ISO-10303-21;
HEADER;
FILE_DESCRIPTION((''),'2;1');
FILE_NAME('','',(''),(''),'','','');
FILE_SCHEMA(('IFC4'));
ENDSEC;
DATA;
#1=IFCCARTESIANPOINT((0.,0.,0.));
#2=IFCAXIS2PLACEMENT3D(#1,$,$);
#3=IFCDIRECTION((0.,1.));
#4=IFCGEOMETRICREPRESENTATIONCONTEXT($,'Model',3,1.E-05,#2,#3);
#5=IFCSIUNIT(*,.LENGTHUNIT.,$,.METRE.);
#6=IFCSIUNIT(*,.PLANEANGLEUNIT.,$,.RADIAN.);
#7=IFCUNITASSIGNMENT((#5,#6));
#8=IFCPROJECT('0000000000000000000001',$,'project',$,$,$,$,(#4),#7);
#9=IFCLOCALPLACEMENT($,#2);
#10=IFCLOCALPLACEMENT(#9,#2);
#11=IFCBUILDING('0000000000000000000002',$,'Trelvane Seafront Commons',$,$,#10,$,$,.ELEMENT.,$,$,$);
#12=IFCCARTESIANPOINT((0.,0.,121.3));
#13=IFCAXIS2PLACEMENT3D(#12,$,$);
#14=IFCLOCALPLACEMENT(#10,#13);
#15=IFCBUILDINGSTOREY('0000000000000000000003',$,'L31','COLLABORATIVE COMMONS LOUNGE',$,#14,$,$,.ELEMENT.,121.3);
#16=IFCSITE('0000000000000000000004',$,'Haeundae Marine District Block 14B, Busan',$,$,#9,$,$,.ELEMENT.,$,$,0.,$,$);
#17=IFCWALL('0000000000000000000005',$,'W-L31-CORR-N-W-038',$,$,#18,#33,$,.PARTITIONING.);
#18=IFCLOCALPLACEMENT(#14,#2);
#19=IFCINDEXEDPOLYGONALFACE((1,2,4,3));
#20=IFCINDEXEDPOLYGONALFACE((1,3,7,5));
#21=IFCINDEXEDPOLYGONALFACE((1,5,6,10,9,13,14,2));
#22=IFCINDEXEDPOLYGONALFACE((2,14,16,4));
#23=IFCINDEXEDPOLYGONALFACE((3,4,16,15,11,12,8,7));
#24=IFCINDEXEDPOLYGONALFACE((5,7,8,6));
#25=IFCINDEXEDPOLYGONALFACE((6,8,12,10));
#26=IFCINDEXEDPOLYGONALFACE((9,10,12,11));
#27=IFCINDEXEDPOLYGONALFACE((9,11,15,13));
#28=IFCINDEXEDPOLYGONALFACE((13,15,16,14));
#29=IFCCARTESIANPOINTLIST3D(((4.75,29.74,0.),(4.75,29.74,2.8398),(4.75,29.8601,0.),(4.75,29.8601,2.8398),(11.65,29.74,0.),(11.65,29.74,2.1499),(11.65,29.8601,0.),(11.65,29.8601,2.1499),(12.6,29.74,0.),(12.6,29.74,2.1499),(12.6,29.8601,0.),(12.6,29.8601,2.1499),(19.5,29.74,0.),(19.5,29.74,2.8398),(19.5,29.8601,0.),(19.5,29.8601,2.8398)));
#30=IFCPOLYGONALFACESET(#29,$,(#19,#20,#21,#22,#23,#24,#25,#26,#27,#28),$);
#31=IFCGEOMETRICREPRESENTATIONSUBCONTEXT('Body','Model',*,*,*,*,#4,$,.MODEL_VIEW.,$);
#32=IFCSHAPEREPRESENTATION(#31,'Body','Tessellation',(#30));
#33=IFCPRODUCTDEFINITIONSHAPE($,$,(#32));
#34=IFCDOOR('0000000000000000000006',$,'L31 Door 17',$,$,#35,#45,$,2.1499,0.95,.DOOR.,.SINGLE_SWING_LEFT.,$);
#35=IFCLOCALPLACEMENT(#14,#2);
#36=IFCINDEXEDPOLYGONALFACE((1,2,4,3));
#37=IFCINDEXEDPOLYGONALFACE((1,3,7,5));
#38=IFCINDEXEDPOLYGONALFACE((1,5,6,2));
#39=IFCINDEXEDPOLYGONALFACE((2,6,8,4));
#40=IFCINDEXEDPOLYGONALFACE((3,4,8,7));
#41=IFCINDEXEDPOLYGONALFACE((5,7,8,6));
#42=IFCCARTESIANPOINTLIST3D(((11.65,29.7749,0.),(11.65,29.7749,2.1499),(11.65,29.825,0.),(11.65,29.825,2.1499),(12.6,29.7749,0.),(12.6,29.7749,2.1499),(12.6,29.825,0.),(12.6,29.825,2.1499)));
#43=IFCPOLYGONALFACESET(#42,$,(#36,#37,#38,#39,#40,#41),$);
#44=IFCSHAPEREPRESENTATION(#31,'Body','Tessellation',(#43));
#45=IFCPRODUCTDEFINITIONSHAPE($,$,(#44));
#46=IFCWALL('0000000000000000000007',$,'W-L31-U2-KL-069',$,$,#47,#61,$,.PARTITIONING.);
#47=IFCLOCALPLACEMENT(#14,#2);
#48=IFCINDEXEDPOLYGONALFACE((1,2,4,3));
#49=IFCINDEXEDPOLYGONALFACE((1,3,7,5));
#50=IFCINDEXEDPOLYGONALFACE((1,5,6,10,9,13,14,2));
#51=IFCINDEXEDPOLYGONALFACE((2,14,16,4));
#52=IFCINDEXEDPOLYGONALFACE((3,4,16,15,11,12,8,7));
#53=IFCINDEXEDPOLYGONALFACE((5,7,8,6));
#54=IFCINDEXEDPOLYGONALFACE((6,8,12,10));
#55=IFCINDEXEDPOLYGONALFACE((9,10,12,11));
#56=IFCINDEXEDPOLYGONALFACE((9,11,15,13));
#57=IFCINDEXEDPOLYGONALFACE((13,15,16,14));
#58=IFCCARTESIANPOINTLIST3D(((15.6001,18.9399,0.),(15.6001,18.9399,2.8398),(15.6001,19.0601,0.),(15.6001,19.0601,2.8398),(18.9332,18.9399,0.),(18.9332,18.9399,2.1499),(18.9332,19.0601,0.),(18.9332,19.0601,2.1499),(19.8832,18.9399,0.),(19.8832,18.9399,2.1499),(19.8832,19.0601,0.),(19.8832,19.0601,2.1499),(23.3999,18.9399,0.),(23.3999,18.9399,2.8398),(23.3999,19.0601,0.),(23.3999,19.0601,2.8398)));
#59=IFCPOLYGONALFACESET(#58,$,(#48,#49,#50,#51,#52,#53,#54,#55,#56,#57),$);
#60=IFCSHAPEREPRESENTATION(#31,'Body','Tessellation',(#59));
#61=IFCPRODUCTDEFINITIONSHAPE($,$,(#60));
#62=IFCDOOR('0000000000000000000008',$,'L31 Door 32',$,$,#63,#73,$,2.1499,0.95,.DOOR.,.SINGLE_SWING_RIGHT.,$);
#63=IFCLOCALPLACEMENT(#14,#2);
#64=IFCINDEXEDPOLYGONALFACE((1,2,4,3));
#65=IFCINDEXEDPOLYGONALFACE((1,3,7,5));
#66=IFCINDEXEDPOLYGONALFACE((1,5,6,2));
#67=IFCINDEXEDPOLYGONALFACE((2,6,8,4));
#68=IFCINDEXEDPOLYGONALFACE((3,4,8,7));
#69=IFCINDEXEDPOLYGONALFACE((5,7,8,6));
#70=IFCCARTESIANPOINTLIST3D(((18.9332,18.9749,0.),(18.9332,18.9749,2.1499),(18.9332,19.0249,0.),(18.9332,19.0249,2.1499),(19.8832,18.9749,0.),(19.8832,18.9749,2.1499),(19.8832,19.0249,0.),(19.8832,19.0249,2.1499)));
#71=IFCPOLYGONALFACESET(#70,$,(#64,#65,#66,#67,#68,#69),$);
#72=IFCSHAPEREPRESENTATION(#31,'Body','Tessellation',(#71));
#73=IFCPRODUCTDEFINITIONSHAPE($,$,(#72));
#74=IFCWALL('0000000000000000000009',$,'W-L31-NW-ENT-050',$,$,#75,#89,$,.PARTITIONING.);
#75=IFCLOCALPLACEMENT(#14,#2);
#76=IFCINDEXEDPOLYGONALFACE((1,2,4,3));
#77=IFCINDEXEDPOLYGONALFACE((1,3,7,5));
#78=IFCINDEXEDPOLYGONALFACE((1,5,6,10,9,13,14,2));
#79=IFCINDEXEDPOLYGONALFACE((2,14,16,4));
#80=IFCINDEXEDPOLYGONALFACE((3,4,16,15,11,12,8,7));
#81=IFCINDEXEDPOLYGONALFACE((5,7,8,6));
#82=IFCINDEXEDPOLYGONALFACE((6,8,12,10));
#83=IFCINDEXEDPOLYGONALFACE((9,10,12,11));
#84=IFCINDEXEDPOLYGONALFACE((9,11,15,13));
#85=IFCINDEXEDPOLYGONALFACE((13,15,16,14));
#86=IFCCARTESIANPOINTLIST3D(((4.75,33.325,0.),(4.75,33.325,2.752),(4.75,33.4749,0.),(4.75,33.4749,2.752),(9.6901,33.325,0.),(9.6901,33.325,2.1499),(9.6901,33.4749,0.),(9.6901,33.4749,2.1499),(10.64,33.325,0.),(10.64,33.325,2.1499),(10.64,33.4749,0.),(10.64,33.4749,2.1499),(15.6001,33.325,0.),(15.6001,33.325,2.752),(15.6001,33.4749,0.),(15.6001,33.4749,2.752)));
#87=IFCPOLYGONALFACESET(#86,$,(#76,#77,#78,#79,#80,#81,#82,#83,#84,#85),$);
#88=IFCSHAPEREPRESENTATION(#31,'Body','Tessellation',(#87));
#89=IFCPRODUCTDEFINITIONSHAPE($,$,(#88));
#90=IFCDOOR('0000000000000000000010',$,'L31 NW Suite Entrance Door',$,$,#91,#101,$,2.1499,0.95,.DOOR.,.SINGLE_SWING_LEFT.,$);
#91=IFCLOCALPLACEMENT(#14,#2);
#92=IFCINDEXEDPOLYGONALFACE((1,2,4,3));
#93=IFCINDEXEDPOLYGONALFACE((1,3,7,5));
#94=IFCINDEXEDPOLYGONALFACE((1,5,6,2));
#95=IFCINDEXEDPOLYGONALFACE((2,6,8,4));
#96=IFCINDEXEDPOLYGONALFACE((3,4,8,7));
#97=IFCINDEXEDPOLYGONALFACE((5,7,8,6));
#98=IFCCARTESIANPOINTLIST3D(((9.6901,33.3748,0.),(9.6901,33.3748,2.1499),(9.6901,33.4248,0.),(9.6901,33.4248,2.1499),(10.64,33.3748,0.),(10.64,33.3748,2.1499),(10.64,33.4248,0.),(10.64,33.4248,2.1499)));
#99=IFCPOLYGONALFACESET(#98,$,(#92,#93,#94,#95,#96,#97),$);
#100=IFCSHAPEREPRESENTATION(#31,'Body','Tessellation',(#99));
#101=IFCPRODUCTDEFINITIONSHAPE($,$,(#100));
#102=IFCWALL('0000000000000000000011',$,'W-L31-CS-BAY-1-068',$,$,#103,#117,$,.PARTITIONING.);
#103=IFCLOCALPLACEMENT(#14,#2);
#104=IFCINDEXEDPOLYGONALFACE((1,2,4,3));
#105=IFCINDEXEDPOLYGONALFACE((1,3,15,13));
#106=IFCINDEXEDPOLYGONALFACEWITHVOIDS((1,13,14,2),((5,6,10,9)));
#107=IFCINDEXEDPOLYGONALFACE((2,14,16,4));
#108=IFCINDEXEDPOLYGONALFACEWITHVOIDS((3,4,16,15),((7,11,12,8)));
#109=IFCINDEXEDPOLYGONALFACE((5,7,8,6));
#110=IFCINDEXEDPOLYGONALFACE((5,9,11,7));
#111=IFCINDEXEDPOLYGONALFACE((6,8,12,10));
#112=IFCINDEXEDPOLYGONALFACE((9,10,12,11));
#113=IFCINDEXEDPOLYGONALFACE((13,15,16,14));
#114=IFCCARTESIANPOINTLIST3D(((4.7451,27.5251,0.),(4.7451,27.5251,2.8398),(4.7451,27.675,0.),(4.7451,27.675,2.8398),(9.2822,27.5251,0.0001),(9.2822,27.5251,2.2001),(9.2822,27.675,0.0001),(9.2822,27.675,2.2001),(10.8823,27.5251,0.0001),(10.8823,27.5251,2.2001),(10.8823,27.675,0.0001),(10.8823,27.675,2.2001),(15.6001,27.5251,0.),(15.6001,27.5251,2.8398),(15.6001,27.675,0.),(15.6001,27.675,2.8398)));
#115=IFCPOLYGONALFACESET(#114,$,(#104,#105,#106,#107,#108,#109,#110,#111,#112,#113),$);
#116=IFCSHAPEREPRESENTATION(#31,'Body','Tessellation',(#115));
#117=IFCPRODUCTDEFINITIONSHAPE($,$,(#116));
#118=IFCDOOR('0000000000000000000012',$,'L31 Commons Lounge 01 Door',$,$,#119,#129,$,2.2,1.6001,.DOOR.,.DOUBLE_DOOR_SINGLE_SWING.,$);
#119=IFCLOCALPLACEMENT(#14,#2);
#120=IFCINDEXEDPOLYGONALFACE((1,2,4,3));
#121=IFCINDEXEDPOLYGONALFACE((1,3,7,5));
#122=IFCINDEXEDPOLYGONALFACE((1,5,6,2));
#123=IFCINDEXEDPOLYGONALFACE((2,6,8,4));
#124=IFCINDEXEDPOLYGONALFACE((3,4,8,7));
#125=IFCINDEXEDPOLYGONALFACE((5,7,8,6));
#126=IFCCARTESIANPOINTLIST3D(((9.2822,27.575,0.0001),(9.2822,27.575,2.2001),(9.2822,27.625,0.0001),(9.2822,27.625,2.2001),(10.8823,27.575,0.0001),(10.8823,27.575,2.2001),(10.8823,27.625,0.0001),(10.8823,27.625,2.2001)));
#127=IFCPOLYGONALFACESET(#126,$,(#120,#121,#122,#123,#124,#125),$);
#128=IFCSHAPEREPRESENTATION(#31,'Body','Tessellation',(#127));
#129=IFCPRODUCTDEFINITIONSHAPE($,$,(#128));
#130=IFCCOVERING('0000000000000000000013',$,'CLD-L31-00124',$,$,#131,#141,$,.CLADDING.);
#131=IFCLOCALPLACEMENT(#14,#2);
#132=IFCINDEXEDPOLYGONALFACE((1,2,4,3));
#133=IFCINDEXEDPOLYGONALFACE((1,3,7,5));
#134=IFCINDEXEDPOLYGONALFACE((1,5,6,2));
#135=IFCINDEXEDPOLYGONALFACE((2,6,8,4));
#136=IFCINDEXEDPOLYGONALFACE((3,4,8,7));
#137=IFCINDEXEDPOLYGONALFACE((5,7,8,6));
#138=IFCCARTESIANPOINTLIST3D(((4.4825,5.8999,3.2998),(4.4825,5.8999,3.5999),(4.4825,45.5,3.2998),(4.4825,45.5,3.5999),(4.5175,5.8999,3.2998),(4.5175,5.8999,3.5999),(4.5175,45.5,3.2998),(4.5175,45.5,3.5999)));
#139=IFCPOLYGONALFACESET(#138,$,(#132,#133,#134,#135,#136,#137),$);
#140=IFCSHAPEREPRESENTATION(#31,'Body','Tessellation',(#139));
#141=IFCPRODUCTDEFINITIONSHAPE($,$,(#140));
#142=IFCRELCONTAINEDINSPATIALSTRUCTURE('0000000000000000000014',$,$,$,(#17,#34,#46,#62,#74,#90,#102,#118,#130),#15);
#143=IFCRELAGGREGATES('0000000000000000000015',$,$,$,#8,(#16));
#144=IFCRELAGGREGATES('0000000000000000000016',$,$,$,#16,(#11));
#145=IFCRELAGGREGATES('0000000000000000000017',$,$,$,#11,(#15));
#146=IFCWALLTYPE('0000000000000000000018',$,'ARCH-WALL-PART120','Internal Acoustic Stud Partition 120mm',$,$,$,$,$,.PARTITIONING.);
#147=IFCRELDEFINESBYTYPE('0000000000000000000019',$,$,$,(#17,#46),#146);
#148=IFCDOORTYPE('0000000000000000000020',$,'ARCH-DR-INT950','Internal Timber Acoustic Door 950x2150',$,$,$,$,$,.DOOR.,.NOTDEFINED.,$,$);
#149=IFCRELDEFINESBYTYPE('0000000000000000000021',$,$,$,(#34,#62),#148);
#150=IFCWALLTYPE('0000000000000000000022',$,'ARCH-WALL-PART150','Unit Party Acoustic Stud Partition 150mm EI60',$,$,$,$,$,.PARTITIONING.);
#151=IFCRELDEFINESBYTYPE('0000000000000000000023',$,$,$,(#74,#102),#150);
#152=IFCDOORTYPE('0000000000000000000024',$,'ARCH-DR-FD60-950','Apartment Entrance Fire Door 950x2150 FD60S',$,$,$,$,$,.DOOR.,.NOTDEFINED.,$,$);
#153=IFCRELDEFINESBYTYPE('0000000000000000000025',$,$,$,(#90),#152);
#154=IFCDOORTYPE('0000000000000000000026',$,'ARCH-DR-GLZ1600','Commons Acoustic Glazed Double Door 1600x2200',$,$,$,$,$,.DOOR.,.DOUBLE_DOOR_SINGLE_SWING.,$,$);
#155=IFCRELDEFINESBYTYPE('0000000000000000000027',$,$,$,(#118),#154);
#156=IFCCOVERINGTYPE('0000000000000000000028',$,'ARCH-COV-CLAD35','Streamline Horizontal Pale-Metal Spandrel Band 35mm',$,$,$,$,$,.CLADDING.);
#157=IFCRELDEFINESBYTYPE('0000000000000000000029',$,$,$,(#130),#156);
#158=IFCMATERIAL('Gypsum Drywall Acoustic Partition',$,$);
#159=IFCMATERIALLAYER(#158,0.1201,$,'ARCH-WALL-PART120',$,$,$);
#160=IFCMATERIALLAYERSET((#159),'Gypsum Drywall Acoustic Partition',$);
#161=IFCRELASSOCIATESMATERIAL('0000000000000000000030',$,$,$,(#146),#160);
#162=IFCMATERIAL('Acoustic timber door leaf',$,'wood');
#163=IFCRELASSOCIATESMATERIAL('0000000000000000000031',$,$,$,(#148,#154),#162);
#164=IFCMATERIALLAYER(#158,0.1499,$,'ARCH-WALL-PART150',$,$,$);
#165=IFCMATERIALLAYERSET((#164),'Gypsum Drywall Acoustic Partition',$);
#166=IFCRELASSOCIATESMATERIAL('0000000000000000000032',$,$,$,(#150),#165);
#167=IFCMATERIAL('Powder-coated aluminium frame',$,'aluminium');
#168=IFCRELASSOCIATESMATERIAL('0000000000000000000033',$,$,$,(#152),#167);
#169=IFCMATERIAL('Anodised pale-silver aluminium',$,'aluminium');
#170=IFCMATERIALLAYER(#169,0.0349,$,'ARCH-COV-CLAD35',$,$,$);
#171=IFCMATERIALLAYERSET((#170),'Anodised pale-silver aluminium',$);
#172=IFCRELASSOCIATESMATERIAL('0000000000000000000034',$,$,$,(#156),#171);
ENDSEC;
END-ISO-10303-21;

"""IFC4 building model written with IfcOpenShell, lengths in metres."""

from ifc_helpers import new_model, si_unit, direction, frame, frame_2d, origin, origin_2d, place, context, subcontext, project, spatial, rectangle, extrude, source, transform, mapped, material, layer, layer_set, type_object, element, fill, save


model = new_model("IFC4")

# Units and contexts
model_context = context("Model", 3, precision=1e-05, world=origin(), true_north=direction((0.0, 1.0)))
body_context = subcontext(model_context, "Body", "Model", "MODEL_VIEW")
ifc_project = project(units=[si_unit("LENGTHUNIT", "METRE"), si_unit("PLANEANGLEUNIT", "RADIAN")], contexts=[model_context])

# Site, building, storey
site_placement = place(None, origin())
site = spatial("IfcSite", under=ifc_project, at=site_placement, Name="Haeundae Marine District Block 14B, Busan", CompositionType="ELEMENT", RefElevation=0.0)
building_placement = place(site_placement, origin())
building = spatial("IfcBuilding", under=site, at=building_placement, Name="Trelvane Seafront Commons", CompositionType="ELEMENT")
storey_placement = place(building_placement, frame((0.0, 0.0, 121.3)))
storey = spatial("IfcBuildingStorey", under=building, at=storey_placement, Name="L31", Description="COLLABORATIVE COMMONS LOUNGE", CompositionType="ELEMENT", Elevation=121.3)

# Walls, openings, doors
ifc_material_1 = material(Name="Gypsum Drywall Acoustic Partition")
ifc_layer_1 = layer(ifc_material_1, 0.1201, Name="ARCH-WALL-PART120")
ifc_layer_set_1 = layer_set([ifc_layer_1], Name="Gypsum Drywall Acoustic Partition")
wall_type_1 = type_object("IfcWallType", Name="ARCH-WALL-PART120", Description="Internal Acoustic Stud Partition 120mm", PredefinedType="PARTITIONING", material=ifc_layer_set_1)
wall_1_placement = place(storey_placement, frame((4.75, 29.8, 0.0), z_axis=(0.0, 0.0, 1.0), x_axis=(1.0, 0.0, 0.0)))
wall_1 = element("IfcWall", 1, at=wall_1_placement, inside=storey, type_object=wall_type_1, Name="W-L31-CORR-N-W-038", PredefinedType="PARTITIONING", context=body_context, shape_type="SweptSolid", body=[
    extrude(rectangle(XDim=14.75, YDim=0.1201, at=frame_2d((7.375, 0.0))), origin(), (0.0, 0.0, 1.0), 2.8398),
])
opening_1_placement = place(wall_1_placement, frame((6.8999, 0.0, 0.0)))
opening_1 = element("IfcOpeningElement", 2, at=opening_1_placement, cuts=wall_1, PredefinedType="OPENING", context=body_context, shape_type="SweptSolid", body=[
    extrude(rectangle(XDim=0.95, YDim=2.1499, at=frame_2d((0.4751, 1.075))), frame((0.0, 0.0701, 0.0), z_axis=(0.0, -1.0, 0.0), x_axis=(1.0, 0.0, 0.0)), (0.0, 0.0, 1.0), 0.1401),
])
ifc_material_2 = material(Name="Acoustic timber door leaf", Category="wood")
door_type_1 = type_object("IfcDoorType", Name="ARCH-DR-INT950", Description="Internal Timber Acoustic Door 950x2150", OperationType="NOTDEFINED", PredefinedType="DOOR", material=ifc_material_2)
shared_shape_1 = source(origin(), body_context, "Body", "SweptSolid", [
    extrude(rectangle(XDim=0.95, YDim=2.1499, at=frame_2d((0.4751, 1.075))), frame((0.0, 0.0249, 0.0), z_axis=(0.0, -1.0, 0.0), x_axis=(1.0, 0.0, 0.0)), (0.0, 0.0, 1.0), 0.05),
])
door_1_placement = place(opening_1_placement, origin())
door_1 = element("IfcDoor", 3, at=door_1_placement, inside=storey, type_object=door_type_1, Name="L31 Door 17", OperationType="SINGLE_SWING_LEFT", OverallHeight=2.1499, OverallWidth=0.95, PredefinedType="DOOR", context=body_context, shape_type="MappedRepresentation", body=[
    mapped(shared_shape_1, transform((0.0, 0.0, 0.0), x_axis=(1.0, 0.0, 0.0), y_axis=(0.0, 1.0, 0.0), z_axis=(0.0, 0.0, 1.0), scale=1.0)),
])
fill(opening_1, door_1)
wall_2_placement = place(storey_placement, frame((15.6001, 19.0, 0.0), z_axis=(0.0, 0.0, 1.0), x_axis=(1.0, 0.0, 0.0)))
wall_2 = element("IfcWall", 4, at=wall_2_placement, inside=storey, type_object=wall_type_1, Name="W-L31-U2-KL-069", PredefinedType="PARTITIONING", context=body_context, shape_type="SweptSolid", body=[
    extrude(rectangle(XDim=7.7998, YDim=0.1201, at=frame_2d((3.8999, 0.0))), origin(), (0.0, 0.0, 1.0), 2.8398),
])
opening_2_placement = place(wall_2_placement, frame((3.333, 0.0, 0.0)))
opening_2 = element("IfcOpeningElement", 5, at=opening_2_placement, cuts=wall_2, PredefinedType="OPENING", context=body_context, shape_type="SweptSolid", body=[
    extrude(rectangle(XDim=0.95, YDim=2.1499, at=frame_2d((0.4751, 1.075))), frame((0.0, 0.0701, 0.0), z_axis=(0.0, -1.0, 0.0), x_axis=(1.0, 0.0, 0.0)), (0.0, 0.0, 1.0), 0.1401),
])
door_2_placement = place(opening_2_placement, origin())
door_2 = element("IfcDoor", 6, at=door_2_placement, inside=storey, type_object=door_type_1, Name="L31 Door 32", OperationType="SINGLE_SWING_RIGHT", OverallHeight=2.1499, OverallWidth=0.95, PredefinedType="DOOR", context=body_context, shape_type="MappedRepresentation", body=[
    mapped(shared_shape_1, transform((0.0, 0.0, 0.0), x_axis=(1.0, 0.0, 0.0), y_axis=(0.0, 1.0, 0.0), z_axis=(0.0, 0.0, 1.0), scale=1.0)),
])
fill(opening_2, door_2)
ifc_layer_2 = layer(ifc_material_1, 0.1499, Name="ARCH-WALL-PART150")
ifc_layer_set_2 = layer_set([ifc_layer_2], Name="Gypsum Drywall Acoustic Partition")
wall_type_2 = type_object("IfcWallType", Name="ARCH-WALL-PART150", Description="Unit Party Acoustic Stud Partition 150mm EI60", PredefinedType="PARTITIONING", material=ifc_layer_set_2)
wall_3_placement = place(storey_placement, frame((4.75, 33.3999, 0.0), z_axis=(0.0, 0.0, 1.0), x_axis=(1.0, 0.0, 0.0)))
wall_3 = element("IfcWall", 7, at=wall_3_placement, inside=storey, type_object=wall_type_2, Name="W-L31-NW-ENT-050", PredefinedType="PARTITIONING", context=body_context, shape_type="SweptSolid", body=[
    extrude(rectangle(XDim=10.8501, YDim=0.1499, at=frame_2d((5.425, 0.0))), origin(), (0.0, 0.0, 1.0), 2.752),
])
opening_3_placement = place(wall_3_placement, frame((4.9399, 0.0, 0.0)))
opening_3 = element("IfcOpeningElement", 8, at=opening_3_placement, cuts=wall_3, PredefinedType="OPENING", context=body_context, shape_type="SweptSolid", body=[
    extrude(rectangle(XDim=0.95, YDim=2.1499, at=frame_2d((0.4751, 1.075))), frame((0.0, 0.085, 0.0), z_axis=(0.0, -1.0, 0.0), x_axis=(1.0, 0.0, 0.0)), (0.0, 0.0, 1.0), 0.1699),
])
ifc_material_3 = material(Name="Powder-coated aluminium frame", Category="aluminium")
door_type_2 = type_object("IfcDoorType", Name="ARCH-DR-FD60-950", Description="Apartment Entrance Fire Door 950x2150 FD60S", OperationType="NOTDEFINED", PredefinedType="DOOR", material=ifc_material_3)
door_3_placement = place(opening_3_placement, origin())
door_3 = element("IfcDoor", 9, at=door_3_placement, inside=storey, type_object=door_type_2, Name="L31 NW Suite Entrance Door", OperationType="SINGLE_SWING_LEFT", OverallHeight=2.1499, OverallWidth=0.95, PredefinedType="DOOR", context=body_context, shape_type="MappedRepresentation", body=[
    mapped(shared_shape_1, transform((0.0, 0.0, 0.0), x_axis=(1.0, 0.0, 0.0), y_axis=(0.0, 1.0, 0.0), z_axis=(0.0, 0.0, 1.0), scale=1.0)),
])
fill(opening_3, door_3)
wall_4_placement = place(storey_placement, frame((4.7451, 27.6001, 0.0), z_axis=(0.0, 0.0, 1.0), x_axis=(1.0, 0.0, 0.0)))
wall_4 = element("IfcWall", 10, at=wall_4_placement, inside=storey, type_object=wall_type_2, Name="W-L31-CS-BAY-1-068", PredefinedType="PARTITIONING", context=body_context, shape_type="SweptSolid", body=[
    extrude(rectangle(XDim=10.855, YDim=0.1499, at=frame_2d((5.4275, 0.0))), origin(), (0.0, 0.0, 1.0), 2.8398),
])
opening_4_placement = place(wall_4_placement, frame((4.5371, 0.0, 0.0)))
opening_4 = element("IfcOpeningElement", 11, at=opening_4_placement, cuts=wall_4, PredefinedType="OPENING", context=body_context, shape_type="SweptSolid", body=[
    extrude(rectangle(XDim=1.6001, YDim=2.2, at=frame_2d((0.8, 1.1001))), frame((0.0, 0.085, 0.0), z_axis=(0.0, -1.0, 0.0), x_axis=(1.0, 0.0, 0.0)), (0.0, 0.0, 1.0), 0.1699),
])
door_type_3 = type_object("IfcDoorType", Name="ARCH-DR-GLZ1600", Description="Commons Acoustic Glazed Double Door 1600x2200", OperationType="DOUBLE_DOOR_SINGLE_SWING", PredefinedType="DOOR", material=ifc_material_2)
shared_shape_2 = source(origin(), body_context, "Body", "SweptSolid", [
    extrude(rectangle(XDim=1.6001, YDim=2.2, at=frame_2d((0.8, 1.1001))), frame((0.0, 0.0249, 0.0), z_axis=(0.0, -1.0, 0.0), x_axis=(1.0, 0.0, 0.0)), (0.0, 0.0, 1.0), 0.05),
])
door_4_placement = place(opening_4_placement, origin())
door_4 = element("IfcDoor", 12, at=door_4_placement, inside=storey, type_object=door_type_3, Name="L31 Commons Lounge 01 Door", OperationType="DOUBLE_DOOR_SINGLE_SWING", OverallHeight=2.2, OverallWidth=1.6001, PredefinedType="DOOR", context=body_context, shape_type="MappedRepresentation", body=[
    mapped(shared_shape_2, transform((0.0, 0.0, 0.0), x_axis=(1.0, 0.0, 0.0), y_axis=(0.0, 1.0, 0.0), z_axis=(0.0, 0.0, 1.0), scale=1.0)),
])
fill(opening_4, door_4)

# Covering
ifc_material_4 = material(Name="Anodised pale-silver aluminium", Category="aluminium")
ifc_layer_3 = layer(ifc_material_4, 0.0349, Name="ARCH-COV-CLAD35")
ifc_layer_set_3 = layer_set([ifc_layer_3], Name="Anodised pale-silver aluminium")
covering_type = type_object("IfcCoveringType", Name="ARCH-COV-CLAD35", Description="Streamline Horizontal Pale-Metal Spandrel Band 35mm", PredefinedType="CLADDING", material=ifc_layer_set_3)
shared_shape_3 = source(origin(), body_context, "Body", "SweptSolid", [
    extrude(rectangle(XDim=39.6001, YDim=0.0349, at=origin_2d()), origin(), (0.0, 0.0, 1.0), 0.3),
])
covering_placement = place(storey_placement, frame((4.5, 25.7, 3.2998), z_axis=(0.0, 0.0, 1.0), x_axis=(0.0, 1.0, 0.0)))
element("IfcCovering", 13, at=covering_placement, inside=storey, type_object=covering_type, Name="CLD-L31-00124", PredefinedType="CLADDING", context=body_context, shape_type="MappedRepresentation", body=[
    mapped(shared_shape_3, transform((0.0, 0.0, 0.0), x_axis=(1.0, 0.0, 0.0), y_axis=(0.0, 1.0, 0.0), z_axis=(0.0, 0.0, 1.0), scale=1.0)),
])

save(model, "model.ifc")
